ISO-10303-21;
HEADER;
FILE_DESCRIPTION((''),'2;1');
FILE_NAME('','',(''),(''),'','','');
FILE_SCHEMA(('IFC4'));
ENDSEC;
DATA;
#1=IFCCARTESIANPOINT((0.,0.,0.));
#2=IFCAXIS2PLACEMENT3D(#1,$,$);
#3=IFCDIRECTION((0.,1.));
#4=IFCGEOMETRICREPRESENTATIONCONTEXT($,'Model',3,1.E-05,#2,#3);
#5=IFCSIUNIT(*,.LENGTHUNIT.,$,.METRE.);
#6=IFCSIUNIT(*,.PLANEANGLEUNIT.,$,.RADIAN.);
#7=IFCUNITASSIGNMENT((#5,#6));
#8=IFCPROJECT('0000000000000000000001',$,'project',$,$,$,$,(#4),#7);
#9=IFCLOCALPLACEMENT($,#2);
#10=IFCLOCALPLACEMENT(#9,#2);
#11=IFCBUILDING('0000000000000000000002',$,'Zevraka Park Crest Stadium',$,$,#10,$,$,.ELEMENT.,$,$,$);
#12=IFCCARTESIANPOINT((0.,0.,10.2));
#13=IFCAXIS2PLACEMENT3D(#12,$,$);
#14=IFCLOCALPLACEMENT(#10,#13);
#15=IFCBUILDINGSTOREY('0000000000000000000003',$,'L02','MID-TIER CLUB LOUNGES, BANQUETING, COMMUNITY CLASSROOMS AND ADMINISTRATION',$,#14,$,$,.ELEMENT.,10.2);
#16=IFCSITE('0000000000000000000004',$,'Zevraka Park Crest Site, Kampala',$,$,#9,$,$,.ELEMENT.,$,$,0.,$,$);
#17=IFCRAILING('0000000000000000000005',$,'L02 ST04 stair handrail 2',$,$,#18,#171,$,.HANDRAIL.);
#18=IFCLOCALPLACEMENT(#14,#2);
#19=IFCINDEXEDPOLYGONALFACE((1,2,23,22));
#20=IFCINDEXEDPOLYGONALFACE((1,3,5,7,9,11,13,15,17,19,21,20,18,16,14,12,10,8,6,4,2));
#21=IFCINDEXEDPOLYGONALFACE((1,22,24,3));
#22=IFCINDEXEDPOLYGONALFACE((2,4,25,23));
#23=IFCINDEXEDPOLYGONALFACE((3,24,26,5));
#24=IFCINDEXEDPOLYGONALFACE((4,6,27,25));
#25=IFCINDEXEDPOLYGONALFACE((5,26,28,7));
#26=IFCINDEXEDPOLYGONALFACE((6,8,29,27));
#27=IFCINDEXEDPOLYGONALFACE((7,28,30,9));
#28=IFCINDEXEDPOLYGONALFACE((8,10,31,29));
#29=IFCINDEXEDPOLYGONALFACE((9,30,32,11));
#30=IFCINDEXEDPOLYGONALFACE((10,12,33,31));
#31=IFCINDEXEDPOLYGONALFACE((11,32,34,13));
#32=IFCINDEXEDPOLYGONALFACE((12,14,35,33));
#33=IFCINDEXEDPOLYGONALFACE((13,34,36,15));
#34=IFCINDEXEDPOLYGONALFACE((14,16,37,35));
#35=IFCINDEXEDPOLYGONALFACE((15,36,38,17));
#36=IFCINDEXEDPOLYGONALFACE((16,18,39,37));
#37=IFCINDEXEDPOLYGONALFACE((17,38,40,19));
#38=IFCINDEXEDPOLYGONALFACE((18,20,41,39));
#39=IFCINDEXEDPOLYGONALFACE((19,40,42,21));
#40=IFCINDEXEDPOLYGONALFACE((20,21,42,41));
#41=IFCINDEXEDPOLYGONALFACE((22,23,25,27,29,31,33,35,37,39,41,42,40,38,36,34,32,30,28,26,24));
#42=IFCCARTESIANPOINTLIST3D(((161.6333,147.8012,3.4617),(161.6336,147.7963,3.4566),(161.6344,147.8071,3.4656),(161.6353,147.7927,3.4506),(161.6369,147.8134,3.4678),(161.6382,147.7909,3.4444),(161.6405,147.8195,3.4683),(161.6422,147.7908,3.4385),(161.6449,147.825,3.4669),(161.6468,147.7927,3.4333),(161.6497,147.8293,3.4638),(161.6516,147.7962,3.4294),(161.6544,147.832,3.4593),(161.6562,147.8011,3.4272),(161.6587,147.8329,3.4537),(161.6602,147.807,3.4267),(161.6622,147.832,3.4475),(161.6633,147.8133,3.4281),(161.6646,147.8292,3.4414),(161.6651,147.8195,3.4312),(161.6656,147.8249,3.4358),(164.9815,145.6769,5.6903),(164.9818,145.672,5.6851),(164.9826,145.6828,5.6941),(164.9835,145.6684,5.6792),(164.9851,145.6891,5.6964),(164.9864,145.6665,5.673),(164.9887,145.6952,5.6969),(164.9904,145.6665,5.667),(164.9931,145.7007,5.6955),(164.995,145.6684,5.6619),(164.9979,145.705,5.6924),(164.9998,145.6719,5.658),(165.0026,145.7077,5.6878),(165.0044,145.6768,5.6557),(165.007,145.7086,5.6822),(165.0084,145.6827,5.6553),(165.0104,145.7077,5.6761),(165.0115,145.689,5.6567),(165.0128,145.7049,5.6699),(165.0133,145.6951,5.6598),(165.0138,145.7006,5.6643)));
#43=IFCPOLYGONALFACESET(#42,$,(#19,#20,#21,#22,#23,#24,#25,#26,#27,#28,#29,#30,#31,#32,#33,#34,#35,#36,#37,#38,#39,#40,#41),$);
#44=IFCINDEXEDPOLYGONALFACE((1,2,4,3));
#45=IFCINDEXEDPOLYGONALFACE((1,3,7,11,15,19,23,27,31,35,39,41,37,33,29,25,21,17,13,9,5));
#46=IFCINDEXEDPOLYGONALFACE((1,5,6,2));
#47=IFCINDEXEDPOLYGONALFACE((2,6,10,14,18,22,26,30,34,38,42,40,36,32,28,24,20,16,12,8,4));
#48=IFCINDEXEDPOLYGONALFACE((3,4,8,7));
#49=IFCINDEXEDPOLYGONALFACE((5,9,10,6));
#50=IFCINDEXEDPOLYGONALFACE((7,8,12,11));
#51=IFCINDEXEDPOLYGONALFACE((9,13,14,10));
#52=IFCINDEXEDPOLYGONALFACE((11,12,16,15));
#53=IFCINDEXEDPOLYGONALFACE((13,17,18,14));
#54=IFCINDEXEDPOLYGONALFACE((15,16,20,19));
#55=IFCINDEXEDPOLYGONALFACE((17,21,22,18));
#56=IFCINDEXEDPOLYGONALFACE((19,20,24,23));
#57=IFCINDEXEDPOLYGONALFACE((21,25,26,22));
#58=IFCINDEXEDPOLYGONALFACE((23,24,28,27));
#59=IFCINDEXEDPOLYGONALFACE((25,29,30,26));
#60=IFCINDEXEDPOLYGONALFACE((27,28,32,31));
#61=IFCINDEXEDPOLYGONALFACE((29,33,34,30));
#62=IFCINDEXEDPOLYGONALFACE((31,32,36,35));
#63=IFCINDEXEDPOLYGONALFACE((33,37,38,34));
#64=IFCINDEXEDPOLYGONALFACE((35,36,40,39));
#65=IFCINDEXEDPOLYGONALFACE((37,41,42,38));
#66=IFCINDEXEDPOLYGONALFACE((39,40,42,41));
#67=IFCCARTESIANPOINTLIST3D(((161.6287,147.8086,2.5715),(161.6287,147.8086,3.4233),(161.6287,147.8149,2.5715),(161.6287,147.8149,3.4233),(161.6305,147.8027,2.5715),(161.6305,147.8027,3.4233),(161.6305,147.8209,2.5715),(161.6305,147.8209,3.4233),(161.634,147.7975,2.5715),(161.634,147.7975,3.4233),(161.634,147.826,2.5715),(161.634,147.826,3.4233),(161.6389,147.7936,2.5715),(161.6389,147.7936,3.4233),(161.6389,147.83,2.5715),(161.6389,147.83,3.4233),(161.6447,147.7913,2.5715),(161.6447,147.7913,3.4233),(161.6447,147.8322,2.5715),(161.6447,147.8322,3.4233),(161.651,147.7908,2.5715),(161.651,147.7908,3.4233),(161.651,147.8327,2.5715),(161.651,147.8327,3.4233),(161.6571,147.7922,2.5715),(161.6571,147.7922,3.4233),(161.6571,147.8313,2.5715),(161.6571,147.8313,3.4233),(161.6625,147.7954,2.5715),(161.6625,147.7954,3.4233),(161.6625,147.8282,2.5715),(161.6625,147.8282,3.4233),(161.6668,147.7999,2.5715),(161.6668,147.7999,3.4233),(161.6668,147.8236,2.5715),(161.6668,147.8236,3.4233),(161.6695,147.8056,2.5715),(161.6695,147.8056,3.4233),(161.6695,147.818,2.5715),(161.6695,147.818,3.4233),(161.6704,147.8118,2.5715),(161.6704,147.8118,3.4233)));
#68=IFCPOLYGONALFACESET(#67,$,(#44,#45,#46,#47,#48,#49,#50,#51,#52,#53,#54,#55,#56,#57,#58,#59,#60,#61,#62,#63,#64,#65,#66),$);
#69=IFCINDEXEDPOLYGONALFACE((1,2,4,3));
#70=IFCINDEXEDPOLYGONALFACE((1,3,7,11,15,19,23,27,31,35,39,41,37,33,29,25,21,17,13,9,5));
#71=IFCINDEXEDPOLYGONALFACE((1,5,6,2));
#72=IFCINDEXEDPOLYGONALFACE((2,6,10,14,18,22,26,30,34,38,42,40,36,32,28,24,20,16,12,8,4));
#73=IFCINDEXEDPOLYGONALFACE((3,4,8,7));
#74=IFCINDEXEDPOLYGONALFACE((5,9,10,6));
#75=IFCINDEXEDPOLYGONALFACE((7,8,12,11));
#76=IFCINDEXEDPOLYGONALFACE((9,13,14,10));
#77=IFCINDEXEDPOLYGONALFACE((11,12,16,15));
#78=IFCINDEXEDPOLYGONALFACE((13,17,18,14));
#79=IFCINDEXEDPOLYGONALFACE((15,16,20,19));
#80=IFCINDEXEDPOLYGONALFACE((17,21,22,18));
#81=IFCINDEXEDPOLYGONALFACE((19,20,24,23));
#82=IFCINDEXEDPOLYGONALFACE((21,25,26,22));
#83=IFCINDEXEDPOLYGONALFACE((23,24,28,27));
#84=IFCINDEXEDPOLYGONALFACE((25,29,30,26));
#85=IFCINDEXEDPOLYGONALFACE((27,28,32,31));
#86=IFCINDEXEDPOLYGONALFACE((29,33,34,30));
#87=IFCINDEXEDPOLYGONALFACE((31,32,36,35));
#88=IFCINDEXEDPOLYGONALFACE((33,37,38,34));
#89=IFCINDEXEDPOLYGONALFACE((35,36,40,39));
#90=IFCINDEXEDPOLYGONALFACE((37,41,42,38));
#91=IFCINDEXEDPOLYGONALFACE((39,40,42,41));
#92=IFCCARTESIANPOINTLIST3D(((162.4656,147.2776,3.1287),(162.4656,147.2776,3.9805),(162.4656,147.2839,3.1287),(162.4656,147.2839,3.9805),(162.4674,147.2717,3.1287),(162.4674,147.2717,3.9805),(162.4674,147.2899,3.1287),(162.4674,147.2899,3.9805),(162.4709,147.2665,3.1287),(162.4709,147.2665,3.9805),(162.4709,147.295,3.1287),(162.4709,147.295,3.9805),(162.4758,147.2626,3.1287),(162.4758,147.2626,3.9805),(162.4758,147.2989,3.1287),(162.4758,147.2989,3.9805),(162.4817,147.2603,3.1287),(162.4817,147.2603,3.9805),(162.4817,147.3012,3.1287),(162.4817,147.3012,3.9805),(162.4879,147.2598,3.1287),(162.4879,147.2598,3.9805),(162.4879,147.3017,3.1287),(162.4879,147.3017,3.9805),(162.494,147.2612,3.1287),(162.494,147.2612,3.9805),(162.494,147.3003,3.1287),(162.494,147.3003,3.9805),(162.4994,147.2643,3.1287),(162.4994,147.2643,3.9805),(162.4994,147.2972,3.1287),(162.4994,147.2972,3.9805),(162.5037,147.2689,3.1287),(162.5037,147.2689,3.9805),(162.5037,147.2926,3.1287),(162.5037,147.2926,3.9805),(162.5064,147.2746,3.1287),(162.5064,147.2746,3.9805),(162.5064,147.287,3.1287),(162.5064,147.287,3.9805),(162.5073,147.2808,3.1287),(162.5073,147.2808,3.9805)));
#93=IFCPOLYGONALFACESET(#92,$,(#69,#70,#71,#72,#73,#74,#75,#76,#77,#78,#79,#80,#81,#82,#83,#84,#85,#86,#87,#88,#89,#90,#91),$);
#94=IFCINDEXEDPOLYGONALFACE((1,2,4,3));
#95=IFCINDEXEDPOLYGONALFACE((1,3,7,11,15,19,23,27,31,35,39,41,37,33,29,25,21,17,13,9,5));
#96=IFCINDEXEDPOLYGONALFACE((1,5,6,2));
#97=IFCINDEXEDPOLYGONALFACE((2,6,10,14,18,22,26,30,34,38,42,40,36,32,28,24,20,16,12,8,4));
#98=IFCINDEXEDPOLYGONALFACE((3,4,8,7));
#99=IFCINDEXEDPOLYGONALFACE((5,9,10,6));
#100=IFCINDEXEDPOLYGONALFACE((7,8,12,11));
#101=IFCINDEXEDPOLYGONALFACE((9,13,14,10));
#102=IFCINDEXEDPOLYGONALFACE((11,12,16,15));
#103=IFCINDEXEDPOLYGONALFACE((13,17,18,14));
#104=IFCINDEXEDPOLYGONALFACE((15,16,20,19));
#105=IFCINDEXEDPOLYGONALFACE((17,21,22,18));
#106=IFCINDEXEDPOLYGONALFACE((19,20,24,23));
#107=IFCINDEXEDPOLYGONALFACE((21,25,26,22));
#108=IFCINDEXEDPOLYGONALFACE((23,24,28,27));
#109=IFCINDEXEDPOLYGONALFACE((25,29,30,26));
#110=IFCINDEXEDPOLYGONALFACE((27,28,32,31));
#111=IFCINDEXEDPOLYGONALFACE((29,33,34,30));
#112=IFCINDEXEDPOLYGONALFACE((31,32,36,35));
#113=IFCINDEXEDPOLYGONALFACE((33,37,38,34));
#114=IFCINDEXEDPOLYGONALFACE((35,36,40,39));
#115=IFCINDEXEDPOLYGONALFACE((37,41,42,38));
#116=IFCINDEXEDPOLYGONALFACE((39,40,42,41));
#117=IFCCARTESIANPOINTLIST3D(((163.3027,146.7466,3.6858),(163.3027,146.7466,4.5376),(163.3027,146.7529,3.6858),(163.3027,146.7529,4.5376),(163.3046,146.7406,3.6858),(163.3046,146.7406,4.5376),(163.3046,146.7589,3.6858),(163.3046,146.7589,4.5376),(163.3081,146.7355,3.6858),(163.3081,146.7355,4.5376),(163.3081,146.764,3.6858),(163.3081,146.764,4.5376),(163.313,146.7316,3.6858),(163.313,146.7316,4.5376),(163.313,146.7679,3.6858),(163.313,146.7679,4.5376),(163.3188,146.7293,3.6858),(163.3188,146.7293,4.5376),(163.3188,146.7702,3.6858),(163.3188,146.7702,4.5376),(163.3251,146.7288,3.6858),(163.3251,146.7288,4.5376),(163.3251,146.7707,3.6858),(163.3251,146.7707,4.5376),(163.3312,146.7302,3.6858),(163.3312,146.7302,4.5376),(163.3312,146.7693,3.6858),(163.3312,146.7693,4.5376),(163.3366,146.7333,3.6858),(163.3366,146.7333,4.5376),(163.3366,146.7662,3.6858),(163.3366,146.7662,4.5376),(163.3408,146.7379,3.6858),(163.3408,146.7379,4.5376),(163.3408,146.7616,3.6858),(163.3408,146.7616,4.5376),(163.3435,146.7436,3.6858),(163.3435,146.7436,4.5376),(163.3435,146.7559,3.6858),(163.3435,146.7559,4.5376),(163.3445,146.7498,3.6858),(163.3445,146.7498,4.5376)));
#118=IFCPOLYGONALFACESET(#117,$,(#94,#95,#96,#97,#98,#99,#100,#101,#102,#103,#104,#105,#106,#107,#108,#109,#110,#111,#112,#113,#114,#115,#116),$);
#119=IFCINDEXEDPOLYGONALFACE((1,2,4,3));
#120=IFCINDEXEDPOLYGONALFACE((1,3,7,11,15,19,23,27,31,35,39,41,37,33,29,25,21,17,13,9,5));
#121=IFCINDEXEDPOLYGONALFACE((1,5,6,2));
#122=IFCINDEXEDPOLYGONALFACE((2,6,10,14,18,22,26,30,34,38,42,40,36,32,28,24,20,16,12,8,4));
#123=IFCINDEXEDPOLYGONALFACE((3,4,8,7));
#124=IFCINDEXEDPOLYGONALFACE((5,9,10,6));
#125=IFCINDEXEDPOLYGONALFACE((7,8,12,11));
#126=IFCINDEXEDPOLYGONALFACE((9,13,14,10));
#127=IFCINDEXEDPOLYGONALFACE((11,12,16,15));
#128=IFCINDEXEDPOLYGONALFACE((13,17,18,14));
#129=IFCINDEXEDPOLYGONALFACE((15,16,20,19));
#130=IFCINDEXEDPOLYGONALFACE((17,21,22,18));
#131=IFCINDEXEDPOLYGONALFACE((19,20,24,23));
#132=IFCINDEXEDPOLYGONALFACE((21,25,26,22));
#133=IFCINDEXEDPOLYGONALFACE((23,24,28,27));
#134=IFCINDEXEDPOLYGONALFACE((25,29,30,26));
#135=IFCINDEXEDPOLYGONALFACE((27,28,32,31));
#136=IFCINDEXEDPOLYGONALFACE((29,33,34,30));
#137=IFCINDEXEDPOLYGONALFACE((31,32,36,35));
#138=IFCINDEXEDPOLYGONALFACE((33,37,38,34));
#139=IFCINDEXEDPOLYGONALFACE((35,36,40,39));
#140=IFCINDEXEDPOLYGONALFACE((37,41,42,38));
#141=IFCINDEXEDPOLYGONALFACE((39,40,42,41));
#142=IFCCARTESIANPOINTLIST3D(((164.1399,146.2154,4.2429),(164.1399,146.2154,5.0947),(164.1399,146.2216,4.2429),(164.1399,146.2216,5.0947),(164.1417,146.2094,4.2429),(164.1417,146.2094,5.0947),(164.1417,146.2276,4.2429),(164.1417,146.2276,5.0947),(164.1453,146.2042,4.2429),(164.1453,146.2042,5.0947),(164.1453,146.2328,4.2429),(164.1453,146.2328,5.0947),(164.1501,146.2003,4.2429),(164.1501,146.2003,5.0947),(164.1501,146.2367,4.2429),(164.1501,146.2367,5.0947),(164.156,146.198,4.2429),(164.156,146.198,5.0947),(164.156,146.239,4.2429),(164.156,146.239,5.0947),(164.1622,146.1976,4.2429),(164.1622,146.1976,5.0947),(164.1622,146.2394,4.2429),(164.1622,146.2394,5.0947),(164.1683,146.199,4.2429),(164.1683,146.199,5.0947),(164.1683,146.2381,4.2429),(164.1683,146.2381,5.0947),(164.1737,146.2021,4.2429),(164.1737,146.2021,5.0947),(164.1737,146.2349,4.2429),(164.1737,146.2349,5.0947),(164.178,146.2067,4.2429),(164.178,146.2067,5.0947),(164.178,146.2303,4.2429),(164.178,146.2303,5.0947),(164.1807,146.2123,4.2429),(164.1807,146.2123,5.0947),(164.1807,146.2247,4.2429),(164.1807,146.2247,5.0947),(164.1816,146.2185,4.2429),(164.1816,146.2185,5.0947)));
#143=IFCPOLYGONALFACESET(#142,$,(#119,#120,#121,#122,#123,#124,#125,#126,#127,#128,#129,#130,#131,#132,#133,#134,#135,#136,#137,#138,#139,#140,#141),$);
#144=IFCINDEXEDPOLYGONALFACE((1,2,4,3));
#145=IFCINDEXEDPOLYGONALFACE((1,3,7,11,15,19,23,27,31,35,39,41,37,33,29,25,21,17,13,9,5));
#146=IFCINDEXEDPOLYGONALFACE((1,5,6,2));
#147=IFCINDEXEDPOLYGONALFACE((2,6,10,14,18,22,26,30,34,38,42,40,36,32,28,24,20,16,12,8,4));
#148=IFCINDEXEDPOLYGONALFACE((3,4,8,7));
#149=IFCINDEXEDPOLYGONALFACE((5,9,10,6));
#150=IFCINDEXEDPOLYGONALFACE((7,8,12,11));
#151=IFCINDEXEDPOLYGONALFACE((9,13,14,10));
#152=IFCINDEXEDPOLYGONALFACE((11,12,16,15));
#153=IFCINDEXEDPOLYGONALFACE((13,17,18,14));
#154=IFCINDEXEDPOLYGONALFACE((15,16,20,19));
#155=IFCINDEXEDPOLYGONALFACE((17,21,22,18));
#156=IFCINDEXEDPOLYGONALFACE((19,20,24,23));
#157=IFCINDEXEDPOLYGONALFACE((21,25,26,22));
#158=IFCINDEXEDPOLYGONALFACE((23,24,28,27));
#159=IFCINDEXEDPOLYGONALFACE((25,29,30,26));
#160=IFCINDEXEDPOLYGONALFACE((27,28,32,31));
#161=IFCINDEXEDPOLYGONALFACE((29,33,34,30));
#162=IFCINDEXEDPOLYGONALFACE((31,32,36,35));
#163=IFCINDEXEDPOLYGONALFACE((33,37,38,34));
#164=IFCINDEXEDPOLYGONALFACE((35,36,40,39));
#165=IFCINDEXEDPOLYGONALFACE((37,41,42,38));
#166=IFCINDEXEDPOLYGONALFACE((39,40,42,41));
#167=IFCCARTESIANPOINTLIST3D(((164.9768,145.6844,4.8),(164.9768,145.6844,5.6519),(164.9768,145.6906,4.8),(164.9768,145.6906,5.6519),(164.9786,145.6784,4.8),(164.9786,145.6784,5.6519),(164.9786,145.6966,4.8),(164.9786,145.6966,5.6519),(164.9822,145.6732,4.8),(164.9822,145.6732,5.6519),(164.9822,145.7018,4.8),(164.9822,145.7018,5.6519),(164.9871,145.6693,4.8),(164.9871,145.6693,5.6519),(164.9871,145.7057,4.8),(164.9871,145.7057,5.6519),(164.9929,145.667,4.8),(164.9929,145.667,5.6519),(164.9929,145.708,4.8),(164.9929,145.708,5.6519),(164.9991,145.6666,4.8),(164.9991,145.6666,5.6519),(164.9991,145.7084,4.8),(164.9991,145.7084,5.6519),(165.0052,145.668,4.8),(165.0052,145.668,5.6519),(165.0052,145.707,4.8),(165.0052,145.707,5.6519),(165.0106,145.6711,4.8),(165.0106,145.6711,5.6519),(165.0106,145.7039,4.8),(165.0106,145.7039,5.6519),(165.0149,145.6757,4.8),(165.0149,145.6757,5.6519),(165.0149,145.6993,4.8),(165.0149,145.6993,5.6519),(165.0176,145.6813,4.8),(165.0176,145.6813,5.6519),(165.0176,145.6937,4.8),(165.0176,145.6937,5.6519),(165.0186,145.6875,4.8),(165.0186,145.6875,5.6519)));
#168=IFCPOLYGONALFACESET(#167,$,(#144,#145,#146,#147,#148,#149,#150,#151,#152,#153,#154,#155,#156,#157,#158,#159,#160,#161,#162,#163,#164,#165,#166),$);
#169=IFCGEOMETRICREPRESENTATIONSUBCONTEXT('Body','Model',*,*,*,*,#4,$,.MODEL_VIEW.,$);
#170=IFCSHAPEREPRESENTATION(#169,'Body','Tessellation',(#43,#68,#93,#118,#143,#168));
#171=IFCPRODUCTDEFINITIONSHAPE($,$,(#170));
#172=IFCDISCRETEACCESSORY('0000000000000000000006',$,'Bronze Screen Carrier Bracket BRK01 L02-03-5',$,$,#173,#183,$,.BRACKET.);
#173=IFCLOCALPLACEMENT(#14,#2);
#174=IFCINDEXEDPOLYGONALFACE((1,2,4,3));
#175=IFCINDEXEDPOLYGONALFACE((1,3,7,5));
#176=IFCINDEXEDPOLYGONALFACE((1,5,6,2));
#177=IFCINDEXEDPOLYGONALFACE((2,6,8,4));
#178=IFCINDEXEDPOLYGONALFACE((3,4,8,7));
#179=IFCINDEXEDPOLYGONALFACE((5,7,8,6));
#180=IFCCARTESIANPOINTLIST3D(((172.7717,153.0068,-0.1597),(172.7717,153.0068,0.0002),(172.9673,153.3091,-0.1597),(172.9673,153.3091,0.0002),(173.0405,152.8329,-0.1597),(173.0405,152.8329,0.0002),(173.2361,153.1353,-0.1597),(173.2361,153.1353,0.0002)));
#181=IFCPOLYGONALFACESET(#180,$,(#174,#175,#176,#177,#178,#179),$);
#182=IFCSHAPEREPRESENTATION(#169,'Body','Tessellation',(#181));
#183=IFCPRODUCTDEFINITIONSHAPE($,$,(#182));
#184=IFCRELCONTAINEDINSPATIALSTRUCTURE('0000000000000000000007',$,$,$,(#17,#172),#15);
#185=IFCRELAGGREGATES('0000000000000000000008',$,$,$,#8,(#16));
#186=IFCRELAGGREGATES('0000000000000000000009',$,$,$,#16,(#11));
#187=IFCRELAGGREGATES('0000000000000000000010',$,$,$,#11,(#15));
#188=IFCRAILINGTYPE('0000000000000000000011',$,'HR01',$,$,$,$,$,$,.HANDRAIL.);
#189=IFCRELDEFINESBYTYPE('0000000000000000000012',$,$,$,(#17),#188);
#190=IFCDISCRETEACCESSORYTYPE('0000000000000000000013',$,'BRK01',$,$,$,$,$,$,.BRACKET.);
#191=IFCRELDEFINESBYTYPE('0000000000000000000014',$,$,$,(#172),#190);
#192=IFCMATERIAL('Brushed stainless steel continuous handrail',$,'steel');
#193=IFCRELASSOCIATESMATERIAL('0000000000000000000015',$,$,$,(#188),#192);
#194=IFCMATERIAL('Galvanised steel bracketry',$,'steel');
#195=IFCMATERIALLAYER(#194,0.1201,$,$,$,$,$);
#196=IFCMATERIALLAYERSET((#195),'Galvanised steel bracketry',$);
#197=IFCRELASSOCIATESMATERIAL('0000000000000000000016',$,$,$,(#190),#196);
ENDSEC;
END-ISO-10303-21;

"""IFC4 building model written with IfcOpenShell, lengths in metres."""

from ifc_helpers import new_model, si_unit, direction, frame, origin, origin_2d, place, context, subcontext, project, spatial, rectangle, circle, extrude, material, layer, layer_set, type_object, element, save


model = new_model("IFC4")

# Units and contexts
model_context = context("Model", 3, precision=1e-05, world=origin(), true_north=direction((0.0, 1.0)))
body_context = subcontext(model_context, "Body", "Model", "MODEL_VIEW")
ifc_project = project(units=[si_unit("LENGTHUNIT", "METRE"), si_unit("PLANEANGLEUNIT", "RADIAN")], contexts=[model_context])

# Site, building, storey
site_placement = place(None, origin())
site = spatial("IfcSite", under=ifc_project, at=site_placement, Name="Zevraka Park Crest Site, Kampala", CompositionType="ELEMENT", RefElevation=0.0)
building_placement = place(site_placement, origin())
building = spatial("IfcBuilding", under=site, at=building_placement, Name="Zevraka Park Crest Stadium", CompositionType="ELEMENT")
storey_placement = place(building_placement, frame((0.0, 0.0, 10.2)))
storey = spatial("IfcBuildingStorey", under=building, at=storey_placement, Name="L02", Description="MID-TIER CLUB LOUNGES, BANQUETING, COMMUNITY CLASSROOMS AND ADMINISTRATION", CompositionType="ELEMENT", Elevation=10.2)

# Railing
ifc_material_1 = material(Name="Brushed stainless steel continuous handrail", Category="steel")
railing_type_1 = type_object("IfcRailingType", Name="HR01", PredefinedType="HANDRAIL", material=ifc_material_1)
railing_1_placement = place(storey_placement, frame((161.6494, 147.8118, 2.5715)))
element("IfcRailing", 1, at=railing_1_placement, inside=storey, type_object=railing_type_1, Name="L02 ST04 stair handrail 2", PredefinedType="HANDRAIL", context=body_context, shape_type="SweptSolid", body=[
    extrude(circle(Radius=0.0239, at=origin_2d()), frame((0.0, 0.0, 0.876), z_axis=(0.736098, -0.467026, 0.489945), x_axis=(0.535732, 0.844388, 0.0)), (0.0, 0.0, 1.0), 4.5486),
    extrude(circle(Radius=0.021, at=origin_2d()), origin(), (0.0, 0.0, 1.0), 0.8518),
    extrude(circle(Radius=0.021, at=origin_2d()), frame((0.8369, -0.531, 0.5571)), (0.0, 0.0, 1.0), 0.8518),
    extrude(circle(Radius=0.021, at=origin_2d()), frame((1.6741, -1.062, 1.1143)), (0.0, 0.0, 1.0), 0.8518),
    extrude(circle(Radius=0.021, at=origin_2d()), frame((2.5112, -1.5933, 1.6714)), (0.0, 0.0, 1.0), 0.8518),
    extrude(circle(Radius=0.021, at=origin_2d()), frame((3.3481, -2.1243, 2.2285)), (0.0, 0.0, 1.0), 0.8518),
])

# Discrete accessory
ifc_material_2 = material(Name="Galvanised steel bracketry", Category="steel")
ifc_layer_1 = layer(ifc_material_2, 0.1201)
ifc_layer_set_1 = layer_set([ifc_layer_1], Name="Galvanised steel bracketry")
discrete_accessory_type = type_object("IfcDiscreteAccessoryType", Name="BRK01", PredefinedType="BRACKET", material=ifc_layer_set_1)
discrete_accessory_placement = place(storey_placement, frame((173.0039, 153.071, -0.1597), z_axis=(0.0, 0.0, 1.0), x_axis=(-0.839715, 0.543028, 0.0)))
element("IfcDiscreteAccessory", 2, at=discrete_accessory_placement, inside=storey, type_object=discrete_accessory_type, Name="Bronze Screen Carrier Bracket BRK01 L02-03-5", PredefinedType="BRACKET", context=body_context, shape_type="SweptSolid", body=[
    extrude(rectangle(XDim=0.3201, YDim=0.3601, at=origin_2d()), origin(), (0.0, 0.0, 1.0), 0.1599),
])

save(model, "model.ifc")
